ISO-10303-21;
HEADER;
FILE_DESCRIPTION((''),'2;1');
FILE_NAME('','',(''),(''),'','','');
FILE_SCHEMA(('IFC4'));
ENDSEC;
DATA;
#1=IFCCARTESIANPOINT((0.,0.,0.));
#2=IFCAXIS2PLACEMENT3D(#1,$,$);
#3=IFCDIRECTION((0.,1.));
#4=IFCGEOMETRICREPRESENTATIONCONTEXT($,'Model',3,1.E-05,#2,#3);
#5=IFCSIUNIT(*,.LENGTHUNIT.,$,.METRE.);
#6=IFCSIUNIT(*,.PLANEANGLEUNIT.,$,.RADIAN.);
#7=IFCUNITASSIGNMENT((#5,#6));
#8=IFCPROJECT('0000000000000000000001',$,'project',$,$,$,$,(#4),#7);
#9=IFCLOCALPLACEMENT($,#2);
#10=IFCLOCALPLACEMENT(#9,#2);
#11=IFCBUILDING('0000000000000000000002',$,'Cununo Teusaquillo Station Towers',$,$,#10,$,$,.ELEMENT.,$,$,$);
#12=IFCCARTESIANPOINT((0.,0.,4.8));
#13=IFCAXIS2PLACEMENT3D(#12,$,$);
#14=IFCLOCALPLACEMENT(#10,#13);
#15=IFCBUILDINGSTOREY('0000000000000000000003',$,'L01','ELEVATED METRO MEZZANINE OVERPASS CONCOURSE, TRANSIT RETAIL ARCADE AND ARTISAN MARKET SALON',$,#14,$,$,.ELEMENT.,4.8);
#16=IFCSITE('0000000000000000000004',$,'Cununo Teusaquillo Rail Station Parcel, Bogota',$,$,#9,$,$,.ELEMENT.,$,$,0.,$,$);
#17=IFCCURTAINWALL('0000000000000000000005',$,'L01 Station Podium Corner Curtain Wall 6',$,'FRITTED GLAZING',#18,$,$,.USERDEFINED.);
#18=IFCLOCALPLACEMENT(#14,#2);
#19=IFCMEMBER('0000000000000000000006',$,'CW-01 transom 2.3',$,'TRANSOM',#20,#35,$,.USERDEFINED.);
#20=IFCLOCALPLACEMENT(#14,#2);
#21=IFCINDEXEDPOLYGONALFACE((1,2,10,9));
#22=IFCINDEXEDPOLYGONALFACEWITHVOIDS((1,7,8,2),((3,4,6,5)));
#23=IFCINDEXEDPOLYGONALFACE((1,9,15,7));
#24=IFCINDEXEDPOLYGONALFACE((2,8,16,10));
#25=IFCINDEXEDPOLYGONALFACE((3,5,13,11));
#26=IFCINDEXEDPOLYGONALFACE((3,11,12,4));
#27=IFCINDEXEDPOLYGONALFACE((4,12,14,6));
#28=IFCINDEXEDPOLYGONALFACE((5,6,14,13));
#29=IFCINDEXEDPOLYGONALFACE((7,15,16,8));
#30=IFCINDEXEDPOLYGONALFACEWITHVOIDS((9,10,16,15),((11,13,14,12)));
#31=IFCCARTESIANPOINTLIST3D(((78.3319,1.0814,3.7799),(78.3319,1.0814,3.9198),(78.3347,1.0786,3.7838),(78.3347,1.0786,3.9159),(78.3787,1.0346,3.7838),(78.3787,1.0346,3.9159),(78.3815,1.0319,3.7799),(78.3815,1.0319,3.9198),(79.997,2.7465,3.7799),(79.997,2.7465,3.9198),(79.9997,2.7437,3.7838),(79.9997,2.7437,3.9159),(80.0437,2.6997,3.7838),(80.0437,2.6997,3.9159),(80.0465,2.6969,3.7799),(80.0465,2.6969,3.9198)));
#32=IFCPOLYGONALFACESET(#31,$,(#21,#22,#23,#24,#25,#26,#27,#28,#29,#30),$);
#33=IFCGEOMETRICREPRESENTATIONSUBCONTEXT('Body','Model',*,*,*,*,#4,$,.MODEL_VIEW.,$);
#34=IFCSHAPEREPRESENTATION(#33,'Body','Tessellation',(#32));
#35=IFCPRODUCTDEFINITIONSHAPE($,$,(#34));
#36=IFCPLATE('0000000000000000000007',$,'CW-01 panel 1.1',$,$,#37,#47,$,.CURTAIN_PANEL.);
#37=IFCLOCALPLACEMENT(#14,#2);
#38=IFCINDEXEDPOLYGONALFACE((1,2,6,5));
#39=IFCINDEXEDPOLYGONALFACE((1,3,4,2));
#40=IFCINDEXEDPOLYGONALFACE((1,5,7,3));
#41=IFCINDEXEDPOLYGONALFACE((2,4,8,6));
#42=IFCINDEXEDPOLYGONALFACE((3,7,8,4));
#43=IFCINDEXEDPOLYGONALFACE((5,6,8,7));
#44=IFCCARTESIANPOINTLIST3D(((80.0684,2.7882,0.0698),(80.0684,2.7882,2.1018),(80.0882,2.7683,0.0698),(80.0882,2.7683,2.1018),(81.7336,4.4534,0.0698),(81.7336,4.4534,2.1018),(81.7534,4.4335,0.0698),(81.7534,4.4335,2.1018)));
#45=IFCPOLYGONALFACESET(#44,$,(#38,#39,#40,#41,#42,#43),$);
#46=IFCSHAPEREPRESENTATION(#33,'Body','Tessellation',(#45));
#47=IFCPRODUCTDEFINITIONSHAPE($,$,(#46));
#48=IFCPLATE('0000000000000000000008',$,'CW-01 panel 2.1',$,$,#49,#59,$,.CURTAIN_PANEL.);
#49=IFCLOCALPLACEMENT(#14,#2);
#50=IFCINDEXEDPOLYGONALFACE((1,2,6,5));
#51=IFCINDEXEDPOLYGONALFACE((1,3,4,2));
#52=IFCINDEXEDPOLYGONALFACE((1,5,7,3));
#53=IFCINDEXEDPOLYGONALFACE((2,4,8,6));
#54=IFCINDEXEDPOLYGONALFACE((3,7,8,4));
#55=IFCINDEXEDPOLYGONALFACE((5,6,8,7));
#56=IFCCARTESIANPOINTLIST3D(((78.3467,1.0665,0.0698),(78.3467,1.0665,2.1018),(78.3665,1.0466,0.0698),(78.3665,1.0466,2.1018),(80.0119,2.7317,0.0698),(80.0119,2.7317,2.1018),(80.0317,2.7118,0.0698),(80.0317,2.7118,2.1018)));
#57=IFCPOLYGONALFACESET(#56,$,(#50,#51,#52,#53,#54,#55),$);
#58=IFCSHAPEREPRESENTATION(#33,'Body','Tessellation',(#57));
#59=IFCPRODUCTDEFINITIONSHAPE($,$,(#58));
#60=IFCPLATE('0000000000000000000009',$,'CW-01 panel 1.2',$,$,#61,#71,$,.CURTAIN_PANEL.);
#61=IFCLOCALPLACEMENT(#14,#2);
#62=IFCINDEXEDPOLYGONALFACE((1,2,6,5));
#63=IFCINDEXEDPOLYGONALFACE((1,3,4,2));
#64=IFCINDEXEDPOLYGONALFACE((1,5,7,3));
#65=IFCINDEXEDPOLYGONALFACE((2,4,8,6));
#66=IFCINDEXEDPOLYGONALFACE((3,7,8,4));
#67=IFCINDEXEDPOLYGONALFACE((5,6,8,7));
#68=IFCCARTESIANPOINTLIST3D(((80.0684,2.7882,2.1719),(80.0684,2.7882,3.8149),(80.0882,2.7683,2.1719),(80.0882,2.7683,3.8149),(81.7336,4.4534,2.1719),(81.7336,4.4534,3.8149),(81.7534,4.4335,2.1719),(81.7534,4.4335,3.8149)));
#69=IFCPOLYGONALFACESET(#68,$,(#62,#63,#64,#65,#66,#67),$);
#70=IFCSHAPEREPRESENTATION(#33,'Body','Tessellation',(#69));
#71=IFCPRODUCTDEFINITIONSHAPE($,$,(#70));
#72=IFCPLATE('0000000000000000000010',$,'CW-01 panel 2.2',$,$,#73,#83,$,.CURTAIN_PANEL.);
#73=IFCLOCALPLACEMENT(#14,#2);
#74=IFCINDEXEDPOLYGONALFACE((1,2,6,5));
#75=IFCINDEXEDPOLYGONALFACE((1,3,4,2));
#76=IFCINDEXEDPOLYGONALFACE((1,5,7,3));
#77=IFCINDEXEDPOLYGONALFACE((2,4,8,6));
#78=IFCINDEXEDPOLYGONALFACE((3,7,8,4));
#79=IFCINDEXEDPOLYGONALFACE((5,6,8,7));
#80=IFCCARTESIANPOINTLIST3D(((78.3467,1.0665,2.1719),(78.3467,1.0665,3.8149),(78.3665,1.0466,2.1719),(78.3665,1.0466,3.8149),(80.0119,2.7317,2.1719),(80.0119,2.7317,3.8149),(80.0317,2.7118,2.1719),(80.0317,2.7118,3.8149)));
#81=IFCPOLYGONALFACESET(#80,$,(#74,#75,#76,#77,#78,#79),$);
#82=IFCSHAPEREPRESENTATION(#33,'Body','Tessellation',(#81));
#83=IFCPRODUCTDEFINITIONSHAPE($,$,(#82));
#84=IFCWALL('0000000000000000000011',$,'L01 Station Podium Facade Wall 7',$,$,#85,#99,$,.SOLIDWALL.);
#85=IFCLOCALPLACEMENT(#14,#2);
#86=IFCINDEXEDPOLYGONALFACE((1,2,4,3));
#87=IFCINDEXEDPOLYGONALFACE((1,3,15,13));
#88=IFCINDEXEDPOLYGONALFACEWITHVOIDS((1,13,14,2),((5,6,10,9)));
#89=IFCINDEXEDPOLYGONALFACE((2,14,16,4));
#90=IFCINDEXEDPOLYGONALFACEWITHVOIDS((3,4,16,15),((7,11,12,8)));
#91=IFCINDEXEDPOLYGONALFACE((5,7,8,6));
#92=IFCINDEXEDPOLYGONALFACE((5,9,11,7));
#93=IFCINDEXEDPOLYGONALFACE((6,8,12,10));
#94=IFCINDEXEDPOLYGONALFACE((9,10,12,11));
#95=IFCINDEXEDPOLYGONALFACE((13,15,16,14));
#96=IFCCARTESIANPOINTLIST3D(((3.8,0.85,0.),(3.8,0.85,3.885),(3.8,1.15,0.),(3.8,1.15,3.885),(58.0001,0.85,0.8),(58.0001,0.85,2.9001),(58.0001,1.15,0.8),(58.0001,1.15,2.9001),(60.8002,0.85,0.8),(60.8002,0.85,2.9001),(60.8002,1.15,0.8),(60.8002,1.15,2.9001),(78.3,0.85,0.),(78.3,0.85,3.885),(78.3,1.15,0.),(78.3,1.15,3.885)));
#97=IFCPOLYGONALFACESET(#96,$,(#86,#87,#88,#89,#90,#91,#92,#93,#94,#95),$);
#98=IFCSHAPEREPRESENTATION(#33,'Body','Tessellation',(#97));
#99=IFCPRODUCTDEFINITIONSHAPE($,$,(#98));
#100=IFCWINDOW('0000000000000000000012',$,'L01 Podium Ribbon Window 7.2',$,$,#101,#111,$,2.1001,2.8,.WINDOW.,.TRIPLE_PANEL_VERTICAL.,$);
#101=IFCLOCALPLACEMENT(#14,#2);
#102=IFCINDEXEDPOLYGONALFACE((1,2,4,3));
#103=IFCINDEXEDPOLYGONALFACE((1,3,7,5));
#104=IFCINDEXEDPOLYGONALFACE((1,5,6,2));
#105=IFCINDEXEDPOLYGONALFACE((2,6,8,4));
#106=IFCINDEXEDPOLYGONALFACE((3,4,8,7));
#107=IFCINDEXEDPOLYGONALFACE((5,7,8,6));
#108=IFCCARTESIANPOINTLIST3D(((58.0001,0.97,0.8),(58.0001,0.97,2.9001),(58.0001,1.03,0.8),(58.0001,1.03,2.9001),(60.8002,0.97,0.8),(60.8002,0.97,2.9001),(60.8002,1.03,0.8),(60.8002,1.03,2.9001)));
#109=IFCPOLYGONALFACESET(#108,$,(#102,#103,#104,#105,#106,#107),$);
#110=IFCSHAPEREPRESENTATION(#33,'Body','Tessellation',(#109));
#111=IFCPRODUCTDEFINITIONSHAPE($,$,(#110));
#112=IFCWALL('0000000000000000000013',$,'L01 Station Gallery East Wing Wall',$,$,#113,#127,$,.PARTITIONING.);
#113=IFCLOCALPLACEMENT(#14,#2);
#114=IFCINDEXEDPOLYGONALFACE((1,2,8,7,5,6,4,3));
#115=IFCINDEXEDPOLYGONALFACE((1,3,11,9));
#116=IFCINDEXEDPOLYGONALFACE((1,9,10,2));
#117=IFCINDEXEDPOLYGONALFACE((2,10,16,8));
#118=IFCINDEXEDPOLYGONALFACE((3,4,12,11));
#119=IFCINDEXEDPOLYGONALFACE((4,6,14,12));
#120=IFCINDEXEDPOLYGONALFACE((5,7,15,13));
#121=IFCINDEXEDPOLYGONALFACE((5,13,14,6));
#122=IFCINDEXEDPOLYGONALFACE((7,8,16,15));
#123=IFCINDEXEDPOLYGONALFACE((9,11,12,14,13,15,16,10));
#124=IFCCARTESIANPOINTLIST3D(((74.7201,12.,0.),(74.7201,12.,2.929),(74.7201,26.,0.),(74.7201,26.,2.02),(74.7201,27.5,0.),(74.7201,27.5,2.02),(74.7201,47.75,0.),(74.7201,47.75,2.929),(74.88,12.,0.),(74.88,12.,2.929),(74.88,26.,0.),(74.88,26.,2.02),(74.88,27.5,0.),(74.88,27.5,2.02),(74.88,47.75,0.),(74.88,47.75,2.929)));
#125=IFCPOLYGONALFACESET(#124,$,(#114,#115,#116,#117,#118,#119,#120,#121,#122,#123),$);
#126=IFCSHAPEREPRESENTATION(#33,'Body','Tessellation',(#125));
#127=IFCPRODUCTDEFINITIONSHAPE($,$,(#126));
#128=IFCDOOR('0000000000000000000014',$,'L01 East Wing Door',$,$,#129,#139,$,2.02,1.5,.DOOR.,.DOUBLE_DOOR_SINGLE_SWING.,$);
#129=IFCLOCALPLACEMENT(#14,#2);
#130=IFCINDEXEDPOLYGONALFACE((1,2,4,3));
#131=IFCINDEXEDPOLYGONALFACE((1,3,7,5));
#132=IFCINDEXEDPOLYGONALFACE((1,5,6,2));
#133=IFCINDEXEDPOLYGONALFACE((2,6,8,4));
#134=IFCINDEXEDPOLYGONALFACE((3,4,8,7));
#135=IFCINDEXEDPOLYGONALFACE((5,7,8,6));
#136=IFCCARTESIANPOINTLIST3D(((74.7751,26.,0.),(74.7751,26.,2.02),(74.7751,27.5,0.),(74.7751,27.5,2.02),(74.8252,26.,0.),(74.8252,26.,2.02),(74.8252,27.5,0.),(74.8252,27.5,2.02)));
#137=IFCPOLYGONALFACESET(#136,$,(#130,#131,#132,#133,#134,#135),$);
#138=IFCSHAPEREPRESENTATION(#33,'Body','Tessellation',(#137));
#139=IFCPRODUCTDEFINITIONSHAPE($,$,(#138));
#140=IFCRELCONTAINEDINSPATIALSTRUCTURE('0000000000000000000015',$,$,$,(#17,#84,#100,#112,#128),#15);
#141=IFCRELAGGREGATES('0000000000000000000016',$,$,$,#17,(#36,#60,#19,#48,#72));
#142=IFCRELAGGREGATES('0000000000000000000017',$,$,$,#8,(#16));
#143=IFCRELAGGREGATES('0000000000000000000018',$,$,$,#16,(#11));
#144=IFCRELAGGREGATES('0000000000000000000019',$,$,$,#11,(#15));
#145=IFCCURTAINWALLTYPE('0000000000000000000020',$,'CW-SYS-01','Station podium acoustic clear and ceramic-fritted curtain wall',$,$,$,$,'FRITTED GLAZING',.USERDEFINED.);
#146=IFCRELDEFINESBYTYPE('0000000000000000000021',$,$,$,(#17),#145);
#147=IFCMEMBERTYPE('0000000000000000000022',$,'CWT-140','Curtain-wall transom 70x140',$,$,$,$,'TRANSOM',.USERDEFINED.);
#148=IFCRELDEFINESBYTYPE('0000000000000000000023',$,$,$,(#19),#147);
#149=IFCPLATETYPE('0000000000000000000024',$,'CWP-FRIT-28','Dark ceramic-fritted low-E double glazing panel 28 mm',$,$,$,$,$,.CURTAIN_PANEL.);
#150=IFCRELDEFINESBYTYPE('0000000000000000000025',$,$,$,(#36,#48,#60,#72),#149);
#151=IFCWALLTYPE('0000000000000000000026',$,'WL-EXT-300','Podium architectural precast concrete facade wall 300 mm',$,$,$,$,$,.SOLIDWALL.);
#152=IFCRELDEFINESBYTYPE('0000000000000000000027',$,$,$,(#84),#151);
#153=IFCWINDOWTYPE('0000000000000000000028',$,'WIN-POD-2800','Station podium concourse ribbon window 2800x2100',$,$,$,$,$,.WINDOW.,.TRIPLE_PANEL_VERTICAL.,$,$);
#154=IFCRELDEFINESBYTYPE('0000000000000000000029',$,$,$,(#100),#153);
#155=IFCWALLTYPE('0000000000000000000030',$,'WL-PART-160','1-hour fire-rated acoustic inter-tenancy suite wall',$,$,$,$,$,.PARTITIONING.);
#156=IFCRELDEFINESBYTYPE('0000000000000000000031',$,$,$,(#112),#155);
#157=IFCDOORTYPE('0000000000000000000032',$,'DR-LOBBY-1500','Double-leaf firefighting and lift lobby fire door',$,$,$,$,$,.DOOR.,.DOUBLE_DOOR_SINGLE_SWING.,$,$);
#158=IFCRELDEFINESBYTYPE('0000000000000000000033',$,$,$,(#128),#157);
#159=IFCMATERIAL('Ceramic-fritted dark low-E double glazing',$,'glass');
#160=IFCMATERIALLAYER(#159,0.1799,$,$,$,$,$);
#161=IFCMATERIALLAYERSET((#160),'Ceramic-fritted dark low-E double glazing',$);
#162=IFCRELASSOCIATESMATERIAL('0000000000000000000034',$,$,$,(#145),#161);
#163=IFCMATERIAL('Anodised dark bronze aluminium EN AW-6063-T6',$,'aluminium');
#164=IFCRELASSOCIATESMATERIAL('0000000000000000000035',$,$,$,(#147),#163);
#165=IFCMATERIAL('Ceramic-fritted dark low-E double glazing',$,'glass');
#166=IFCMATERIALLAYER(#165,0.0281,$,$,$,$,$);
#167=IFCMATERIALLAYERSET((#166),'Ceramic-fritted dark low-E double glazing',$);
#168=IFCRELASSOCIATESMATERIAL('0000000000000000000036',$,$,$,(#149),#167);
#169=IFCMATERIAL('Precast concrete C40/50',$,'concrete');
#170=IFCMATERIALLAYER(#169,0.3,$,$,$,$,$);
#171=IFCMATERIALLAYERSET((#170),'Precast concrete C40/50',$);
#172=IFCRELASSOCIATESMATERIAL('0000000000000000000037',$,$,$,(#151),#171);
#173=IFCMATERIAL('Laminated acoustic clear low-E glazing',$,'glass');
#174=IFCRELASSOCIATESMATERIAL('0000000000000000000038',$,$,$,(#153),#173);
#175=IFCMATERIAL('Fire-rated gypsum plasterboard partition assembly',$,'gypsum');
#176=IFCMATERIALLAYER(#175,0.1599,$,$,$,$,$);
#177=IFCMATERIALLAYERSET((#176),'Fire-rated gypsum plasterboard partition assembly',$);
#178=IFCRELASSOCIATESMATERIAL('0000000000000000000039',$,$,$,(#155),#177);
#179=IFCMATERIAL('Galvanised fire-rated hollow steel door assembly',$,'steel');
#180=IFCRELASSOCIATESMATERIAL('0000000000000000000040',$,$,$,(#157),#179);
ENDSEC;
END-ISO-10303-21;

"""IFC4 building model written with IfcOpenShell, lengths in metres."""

from ifc_helpers import new_model, si_unit, direction, frame, frame_2d, origin, origin_2d, place, context, subcontext, project, spatial, rectangle, hollow_rectangle, extrude, source, transform, mapped, material, layer, layer_set, material_profile, profile_set, type_object, element, fill, aggregate, save


model = new_model("IFC4")

# Units and contexts
model_context = context("Model", 3, precision=1e-05, world=origin(), true_north=direction((0.0, 1.0)))
body_context = subcontext(model_context, "Body", "Model", "MODEL_VIEW")
ifc_project = project(units=[si_unit("LENGTHUNIT", "METRE"), si_unit("PLANEANGLEUNIT", "RADIAN")], contexts=[model_context])

# Site, building, storey
site_placement = place(None, origin())
site = spatial("IfcSite", under=ifc_project, at=site_placement, Name="Cununo Teusaquillo Rail Station Parcel, Bogota", CompositionType="ELEMENT", RefElevation=0.0)
building_placement = place(site_placement, origin())
building = spatial("IfcBuilding", under=site, at=building_placement, Name="Cununo Teusaquillo Station Towers", CompositionType="ELEMENT")
storey_placement = place(building_placement, frame((0.0, 0.0, 4.8)))
storey = spatial("IfcBuildingStorey", under=building, at=storey_placement, Name="L01", Description="ELEVATED METRO MEZZANINE OVERPASS CONCOURSE, TRANSIT RETAIL ARCADE AND ARTISAN MARKET SALON", CompositionType="ELEMENT", Elevation=4.8)

# Curtain wall, member, plates
ifc_material_1 = material(Name="Ceramic-fritted dark low-E double glazing", Category="glass")
ifc_layer_1 = layer(ifc_material_1, 0.1799)
ifc_layer_set_1 = layer_set([ifc_layer_1], Name="Ceramic-fritted dark low-E double glazing")
curtain_wall_type = type_object("IfcCurtainWallType", Name="CW-SYS-01", Description="Station podium acoustic clear and ceramic-fritted curtain wall", ElementType="FRITTED GLAZING", PredefinedType="USERDEFINED", material=ifc_layer_set_1)
curtain_wall_placement = place(storey_placement, origin())
curtain_wall = element("IfcCurtainWall", 1, at=curtain_wall_placement, inside=storey, type_object=curtain_wall_type, Name="L01 Station Podium Corner Curtain Wall 6", ObjectType="FRITTED GLAZING", PredefinedType="USERDEFINED")
ifc_material_2 = material(Name="Anodised dark bronze aluminium EN AW-6063-T6", Category="aluminium")
ifc_material_profile_1 = material_profile(ifc_material_2, hollow_rectangle(XDim=0.0701, YDim=0.1399, WallThickness=0.0039, at=origin_2d()), Name="CW-TRAN-70x140")
ifc_profile_set_1 = profile_set([ifc_material_profile_1], Name="Anodised dark bronze aluminium EN AW-6063-T6")
member_type_1 = type_object("IfcMemberType", Name="CWT-140", Description="Curtain-wall transom 70x140", ElementType="TRANSOM", PredefinedType="USERDEFINED", material=ifc_profile_set_1)
member_1_placement = place(storey_placement, frame((80.0217, 2.7217, 3.8499), z_axis=(-0.707107, -0.707107, 0.0), x_axis=(0.707107, -0.707107, 0.0)))
member_1 = element("IfcMember", 2, at=member_1_placement, type_object=member_type_1, Name="CW-01 transom 2.3", ObjectType="TRANSOM", PredefinedType="USERDEFINED", context=body_context, shape_type="SweptSolid", body=[
    extrude(hollow_rectangle(XDim=0.0701, YDim=0.1399, WallThickness=0.0039, at=origin_2d()), origin(), (0.0, 0.0, 1.0), 2.3547),
])
ifc_material_3 = material(Name="Ceramic-fritted dark low-E double glazing", Category="glass")
ifc_layer_2 = layer(ifc_material_3, 0.0281)
ifc_layer_set_2 = layer_set([ifc_layer_2], Name="Ceramic-fritted dark low-E double glazing")
plate_type = type_object("IfcPlateType", Name="CWP-FRIT-28", Description="Dark ceramic-fritted low-E double glazing panel 28 mm", PredefinedType="CURTAIN_PANEL", material=ifc_layer_set_2)
shared_shape_1 = source(origin(), body_context, "Body", "SweptSolid", [
    extrude(rectangle(XDim=2.355, YDim=0.0281, at=origin_2d()), origin(), (0.0, 0.0, 1.0), 2.032),
])
plate_1_placement = place(storey_placement, frame((80.9109, 3.6108, 0.0698), z_axis=(0.0, 0.0, 1.0), x_axis=(-0.707107, -0.707107, 0.0)))
plate_1 = element("IfcPlate", 3, at=plate_1_placement, type_object=plate_type, Name="CW-01 panel 1.1", PredefinedType="CURTAIN_PANEL", context=body_context, shape_type="MappedRepresentation", body=[
    mapped(shared_shape_1, transform((0.0, 0.0, 0.0), x_axis=(1.0, 0.0, 0.0), y_axis=(0.0, 1.0, 0.0), z_axis=(0.0, 0.0, 1.0), scale=1.0)),
])
plate_2_placement = place(storey_placement, frame((79.1892, 1.8892, 0.0698), z_axis=(0.0, 0.0, 1.0), x_axis=(-0.707107, -0.707107, 0.0)))
plate_2 = element("IfcPlate", 4, at=plate_2_placement, type_object=plate_type, Name="CW-01 panel 2.1", PredefinedType="CURTAIN_PANEL", context=body_context, shape_type="MappedRepresentation", body=[
    mapped(shared_shape_1, transform((0.0, 0.0, 0.0), x_axis=(1.0, 0.0, 0.0), y_axis=(0.0, 1.0, 0.0), z_axis=(0.0, 0.0, 1.0), scale=1.0)),
])
shared_shape_2 = source(origin(), body_context, "Body", "SweptSolid", [
    extrude(rectangle(XDim=2.355, YDim=0.0281, at=origin_2d()), origin(), (0.0, 0.0, 1.0), 1.6431),
])
plate_3_placement = place(storey_placement, frame((80.9109, 3.6108, 2.1719), z_axis=(0.0, 0.0, 1.0), x_axis=(-0.707107, -0.707107, 0.0)))
plate_3 = element("IfcPlate", 5, at=plate_3_placement, type_object=plate_type, Name="CW-01 panel 1.2", PredefinedType="CURTAIN_PANEL", context=body_context, shape_type="MappedRepresentation", body=[
    mapped(shared_shape_2, transform((0.0, 0.0, 0.0), x_axis=(1.0, 0.0, 0.0), y_axis=(0.0, 1.0, 0.0), z_axis=(0.0, 0.0, 1.0), scale=1.0)),
])
plate_4_placement = place(storey_placement, frame((79.1892, 1.8892, 2.1719), z_axis=(0.0, 0.0, 1.0), x_axis=(-0.707107, -0.707107, 0.0)))
plate_4 = element("IfcPlate", 6, at=plate_4_placement, type_object=plate_type, Name="CW-01 panel 2.2", PredefinedType="CURTAIN_PANEL", context=body_context, shape_type="MappedRepresentation", body=[
    mapped(shared_shape_2, transform((0.0, 0.0, 0.0), x_axis=(1.0, 0.0, 0.0), y_axis=(0.0, 1.0, 0.0), z_axis=(0.0, 0.0, 1.0), scale=1.0)),
])
aggregate(curtain_wall, [plate_1, plate_3, member_1, plate_2, plate_4])

# Wall, opening, window
ifc_material_4 = material(Name="Precast concrete C40/50", Category="concrete")
ifc_layer_3 = layer(ifc_material_4, 0.3)
ifc_layer_set_3 = layer_set([ifc_layer_3], Name="Precast concrete C40/50")
wall_type_1 = type_object("IfcWallType", Name="WL-EXT-300", Description="Podium architectural precast concrete facade wall 300 mm", PredefinedType="SOLIDWALL", material=ifc_layer_set_3)
wall_1_placement = place(storey_placement, frame((78.3, 1.0, 0.0), z_axis=(0.0, 0.0, 1.0), x_axis=(-1.0, 0.0, 0.0)))
wall_1 = element("IfcWall", 7, at=wall_1_placement, inside=storey, type_object=wall_type_1, Name="L01 Station Podium Facade Wall 7", PredefinedType="SOLIDWALL", context=body_context, shape_type="SweptSolid", body=[
    extrude(rectangle(XDim=74.5, YDim=0.3, at=frame_2d((37.25, 0.0))), origin(), (0.0, 0.0, 1.0), 3.885),
])
shared_shape_3 = source(origin(), body_context, "Body", "SweptSolid", [
    extrude(rectangle(XDim=2.8, YDim=2.1001, at=frame_2d((1.3999, 1.05))), frame((0.0, 0.1599, 0.0), z_axis=(0.0, -1.0, 0.0), x_axis=(1.0, 0.0, 0.0)), (0.0, 0.0, 1.0), 0.3201),
])
opening_1_placement = place(wall_1_placement, frame((17.5, 0.0, 0.8)))
opening_1 = element("IfcOpeningElement", 8, at=opening_1_placement, cuts=wall_1, PredefinedType="OPENING", context=body_context, shape_type="MappedRepresentation", body=[
    mapped(shared_shape_3, transform((0.0, 0.0, 0.0), x_axis=(1.0, 0.0, 0.0), y_axis=(0.0, 1.0, 0.0), z_axis=(0.0, 0.0, 1.0), scale=1.0)),
])
ifc_material_5 = material(Name="Laminated acoustic clear low-E glazing", Category="glass")
window_type = type_object("IfcWindowType", Name="WIN-POD-2800", Description="Station podium concourse ribbon window 2800x2100", PartitioningType="TRIPLE_PANEL_VERTICAL", PredefinedType="WINDOW", material=ifc_material_5)
shared_shape_4 = source(origin(), body_context, "Body", "SweptSolid", [
    extrude(rectangle(XDim=2.8, YDim=2.1001, at=frame_2d((1.3999, 1.05))), frame((0.0, 0.03, 0.0), z_axis=(0.0, -1.0, 0.0), x_axis=(1.0, 0.0, 0.0)), (0.0, 0.0, 1.0), 0.0601),
])
window_placement = place(opening_1_placement, origin())
window = element("IfcWindow", 9, at=window_placement, inside=storey, type_object=window_type, Name="L01 Podium Ribbon Window 7.2", OverallHeight=2.1001, OverallWidth=2.8, PartitioningType="TRIPLE_PANEL_VERTICAL", PredefinedType="WINDOW", context=body_context, shape_type="MappedRepresentation", body=[
    mapped(shared_shape_4, transform((0.0, 0.0, 0.0), x_axis=(1.0, 0.0, 0.0), y_axis=(0.0, 1.0, 0.0), z_axis=(0.0, 0.0, 1.0), scale=1.0)),
])
fill(opening_1, window)

# Wall, opening, door
ifc_material_6 = material(Name="Fire-rated gypsum plasterboard partition assembly", Category="gypsum")
ifc_layer_4 = layer(ifc_material_6, 0.1599)
ifc_layer_set_4 = layer_set([ifc_layer_4], Name="Fire-rated gypsum plasterboard partition assembly")
wall_type_2 = type_object("IfcWallType", Name="WL-PART-160", Description="1-hour fire-rated acoustic inter-tenancy suite wall", PredefinedType="PARTITIONING", material=ifc_layer_set_4)
wall_2_placement = place(storey_placement, frame((74.8, 12.0, 0.0), z_axis=(0.0, 0.0, 1.0), x_axis=(0.0, 1.0, 0.0)))
wall_2 = element("IfcWall", 10, at=wall_2_placement, inside=storey, type_object=wall_type_2, Name="L01 Station Gallery East Wing Wall", PredefinedType="PARTITIONING", context=body_context, shape_type="SweptSolid", body=[
    extrude(rectangle(XDim=35.75, YDim=0.1599, at=frame_2d((17.875, 0.0))), origin(), (0.0, 0.0, 1.0), 2.929),
])
shared_shape_5 = source(origin(), body_context, "Body", "SweptSolid", [
    extrude(rectangle(XDim=1.5, YDim=2.02, at=frame_2d((0.75, 1.01))), frame((0.0, 0.0898, 0.0), z_axis=(0.0, -1.0, 0.0), x_axis=(1.0, 0.0, 0.0)), (0.0, 0.0, 1.0), 0.1799),
])
opening_2_placement = place(wall_2_placement, frame((14.0, 0.0, 0.0)))
opening_2 = element("IfcOpeningElement", 11, at=opening_2_placement, cuts=wall_2, PredefinedType="OPENING", context=body_context, shape_type="MappedRepresentation", body=[
    mapped(shared_shape_5, transform((0.0, 0.0, 0.0), x_axis=(1.0, 0.0, 0.0), y_axis=(0.0, 1.0, 0.0), z_axis=(0.0, 0.0, 1.0), scale=1.0)),
])
ifc_material_7 = material(Name="Galvanised fire-rated hollow steel door assembly", Category="steel")
door_type = type_object("IfcDoorType", Name="DR-LOBBY-1500", Description="Double-leaf firefighting and lift lobby fire door", OperationType="DOUBLE_DOOR_SINGLE_SWING", PredefinedType="DOOR", material=ifc_material_7)
shared_shape_6 = source(origin(), body_context, "Body", "SweptSolid", [
    extrude(rectangle(XDim=1.5, YDim=2.02, at=frame_2d((0.75, 1.01))), frame((0.0, 0.0249, 0.0), z_axis=(0.0, -1.0, 0.0), x_axis=(1.0, 0.0, 0.0)), (0.0, 0.0, 1.0), 0.05),
])
door_placement = place(opening_2_placement, origin())
door = element("IfcDoor", 12, at=door_placement, inside=storey, type_object=door_type, Name="L01 East Wing Door", OperationType="DOUBLE_DOOR_SINGLE_SWING", OverallHeight=2.02, OverallWidth=1.5, PredefinedType="DOOR", context=body_context, shape_type="MappedRepresentation", body=[
    mapped(shared_shape_6, transform((0.0, 0.0, 0.0), x_axis=(1.0, 0.0, 0.0), y_axis=(0.0, 1.0, 0.0), z_axis=(0.0, 0.0, 1.0), scale=1.0)),
])
fill(opening_2, door)

save(model, "model.ifc")
